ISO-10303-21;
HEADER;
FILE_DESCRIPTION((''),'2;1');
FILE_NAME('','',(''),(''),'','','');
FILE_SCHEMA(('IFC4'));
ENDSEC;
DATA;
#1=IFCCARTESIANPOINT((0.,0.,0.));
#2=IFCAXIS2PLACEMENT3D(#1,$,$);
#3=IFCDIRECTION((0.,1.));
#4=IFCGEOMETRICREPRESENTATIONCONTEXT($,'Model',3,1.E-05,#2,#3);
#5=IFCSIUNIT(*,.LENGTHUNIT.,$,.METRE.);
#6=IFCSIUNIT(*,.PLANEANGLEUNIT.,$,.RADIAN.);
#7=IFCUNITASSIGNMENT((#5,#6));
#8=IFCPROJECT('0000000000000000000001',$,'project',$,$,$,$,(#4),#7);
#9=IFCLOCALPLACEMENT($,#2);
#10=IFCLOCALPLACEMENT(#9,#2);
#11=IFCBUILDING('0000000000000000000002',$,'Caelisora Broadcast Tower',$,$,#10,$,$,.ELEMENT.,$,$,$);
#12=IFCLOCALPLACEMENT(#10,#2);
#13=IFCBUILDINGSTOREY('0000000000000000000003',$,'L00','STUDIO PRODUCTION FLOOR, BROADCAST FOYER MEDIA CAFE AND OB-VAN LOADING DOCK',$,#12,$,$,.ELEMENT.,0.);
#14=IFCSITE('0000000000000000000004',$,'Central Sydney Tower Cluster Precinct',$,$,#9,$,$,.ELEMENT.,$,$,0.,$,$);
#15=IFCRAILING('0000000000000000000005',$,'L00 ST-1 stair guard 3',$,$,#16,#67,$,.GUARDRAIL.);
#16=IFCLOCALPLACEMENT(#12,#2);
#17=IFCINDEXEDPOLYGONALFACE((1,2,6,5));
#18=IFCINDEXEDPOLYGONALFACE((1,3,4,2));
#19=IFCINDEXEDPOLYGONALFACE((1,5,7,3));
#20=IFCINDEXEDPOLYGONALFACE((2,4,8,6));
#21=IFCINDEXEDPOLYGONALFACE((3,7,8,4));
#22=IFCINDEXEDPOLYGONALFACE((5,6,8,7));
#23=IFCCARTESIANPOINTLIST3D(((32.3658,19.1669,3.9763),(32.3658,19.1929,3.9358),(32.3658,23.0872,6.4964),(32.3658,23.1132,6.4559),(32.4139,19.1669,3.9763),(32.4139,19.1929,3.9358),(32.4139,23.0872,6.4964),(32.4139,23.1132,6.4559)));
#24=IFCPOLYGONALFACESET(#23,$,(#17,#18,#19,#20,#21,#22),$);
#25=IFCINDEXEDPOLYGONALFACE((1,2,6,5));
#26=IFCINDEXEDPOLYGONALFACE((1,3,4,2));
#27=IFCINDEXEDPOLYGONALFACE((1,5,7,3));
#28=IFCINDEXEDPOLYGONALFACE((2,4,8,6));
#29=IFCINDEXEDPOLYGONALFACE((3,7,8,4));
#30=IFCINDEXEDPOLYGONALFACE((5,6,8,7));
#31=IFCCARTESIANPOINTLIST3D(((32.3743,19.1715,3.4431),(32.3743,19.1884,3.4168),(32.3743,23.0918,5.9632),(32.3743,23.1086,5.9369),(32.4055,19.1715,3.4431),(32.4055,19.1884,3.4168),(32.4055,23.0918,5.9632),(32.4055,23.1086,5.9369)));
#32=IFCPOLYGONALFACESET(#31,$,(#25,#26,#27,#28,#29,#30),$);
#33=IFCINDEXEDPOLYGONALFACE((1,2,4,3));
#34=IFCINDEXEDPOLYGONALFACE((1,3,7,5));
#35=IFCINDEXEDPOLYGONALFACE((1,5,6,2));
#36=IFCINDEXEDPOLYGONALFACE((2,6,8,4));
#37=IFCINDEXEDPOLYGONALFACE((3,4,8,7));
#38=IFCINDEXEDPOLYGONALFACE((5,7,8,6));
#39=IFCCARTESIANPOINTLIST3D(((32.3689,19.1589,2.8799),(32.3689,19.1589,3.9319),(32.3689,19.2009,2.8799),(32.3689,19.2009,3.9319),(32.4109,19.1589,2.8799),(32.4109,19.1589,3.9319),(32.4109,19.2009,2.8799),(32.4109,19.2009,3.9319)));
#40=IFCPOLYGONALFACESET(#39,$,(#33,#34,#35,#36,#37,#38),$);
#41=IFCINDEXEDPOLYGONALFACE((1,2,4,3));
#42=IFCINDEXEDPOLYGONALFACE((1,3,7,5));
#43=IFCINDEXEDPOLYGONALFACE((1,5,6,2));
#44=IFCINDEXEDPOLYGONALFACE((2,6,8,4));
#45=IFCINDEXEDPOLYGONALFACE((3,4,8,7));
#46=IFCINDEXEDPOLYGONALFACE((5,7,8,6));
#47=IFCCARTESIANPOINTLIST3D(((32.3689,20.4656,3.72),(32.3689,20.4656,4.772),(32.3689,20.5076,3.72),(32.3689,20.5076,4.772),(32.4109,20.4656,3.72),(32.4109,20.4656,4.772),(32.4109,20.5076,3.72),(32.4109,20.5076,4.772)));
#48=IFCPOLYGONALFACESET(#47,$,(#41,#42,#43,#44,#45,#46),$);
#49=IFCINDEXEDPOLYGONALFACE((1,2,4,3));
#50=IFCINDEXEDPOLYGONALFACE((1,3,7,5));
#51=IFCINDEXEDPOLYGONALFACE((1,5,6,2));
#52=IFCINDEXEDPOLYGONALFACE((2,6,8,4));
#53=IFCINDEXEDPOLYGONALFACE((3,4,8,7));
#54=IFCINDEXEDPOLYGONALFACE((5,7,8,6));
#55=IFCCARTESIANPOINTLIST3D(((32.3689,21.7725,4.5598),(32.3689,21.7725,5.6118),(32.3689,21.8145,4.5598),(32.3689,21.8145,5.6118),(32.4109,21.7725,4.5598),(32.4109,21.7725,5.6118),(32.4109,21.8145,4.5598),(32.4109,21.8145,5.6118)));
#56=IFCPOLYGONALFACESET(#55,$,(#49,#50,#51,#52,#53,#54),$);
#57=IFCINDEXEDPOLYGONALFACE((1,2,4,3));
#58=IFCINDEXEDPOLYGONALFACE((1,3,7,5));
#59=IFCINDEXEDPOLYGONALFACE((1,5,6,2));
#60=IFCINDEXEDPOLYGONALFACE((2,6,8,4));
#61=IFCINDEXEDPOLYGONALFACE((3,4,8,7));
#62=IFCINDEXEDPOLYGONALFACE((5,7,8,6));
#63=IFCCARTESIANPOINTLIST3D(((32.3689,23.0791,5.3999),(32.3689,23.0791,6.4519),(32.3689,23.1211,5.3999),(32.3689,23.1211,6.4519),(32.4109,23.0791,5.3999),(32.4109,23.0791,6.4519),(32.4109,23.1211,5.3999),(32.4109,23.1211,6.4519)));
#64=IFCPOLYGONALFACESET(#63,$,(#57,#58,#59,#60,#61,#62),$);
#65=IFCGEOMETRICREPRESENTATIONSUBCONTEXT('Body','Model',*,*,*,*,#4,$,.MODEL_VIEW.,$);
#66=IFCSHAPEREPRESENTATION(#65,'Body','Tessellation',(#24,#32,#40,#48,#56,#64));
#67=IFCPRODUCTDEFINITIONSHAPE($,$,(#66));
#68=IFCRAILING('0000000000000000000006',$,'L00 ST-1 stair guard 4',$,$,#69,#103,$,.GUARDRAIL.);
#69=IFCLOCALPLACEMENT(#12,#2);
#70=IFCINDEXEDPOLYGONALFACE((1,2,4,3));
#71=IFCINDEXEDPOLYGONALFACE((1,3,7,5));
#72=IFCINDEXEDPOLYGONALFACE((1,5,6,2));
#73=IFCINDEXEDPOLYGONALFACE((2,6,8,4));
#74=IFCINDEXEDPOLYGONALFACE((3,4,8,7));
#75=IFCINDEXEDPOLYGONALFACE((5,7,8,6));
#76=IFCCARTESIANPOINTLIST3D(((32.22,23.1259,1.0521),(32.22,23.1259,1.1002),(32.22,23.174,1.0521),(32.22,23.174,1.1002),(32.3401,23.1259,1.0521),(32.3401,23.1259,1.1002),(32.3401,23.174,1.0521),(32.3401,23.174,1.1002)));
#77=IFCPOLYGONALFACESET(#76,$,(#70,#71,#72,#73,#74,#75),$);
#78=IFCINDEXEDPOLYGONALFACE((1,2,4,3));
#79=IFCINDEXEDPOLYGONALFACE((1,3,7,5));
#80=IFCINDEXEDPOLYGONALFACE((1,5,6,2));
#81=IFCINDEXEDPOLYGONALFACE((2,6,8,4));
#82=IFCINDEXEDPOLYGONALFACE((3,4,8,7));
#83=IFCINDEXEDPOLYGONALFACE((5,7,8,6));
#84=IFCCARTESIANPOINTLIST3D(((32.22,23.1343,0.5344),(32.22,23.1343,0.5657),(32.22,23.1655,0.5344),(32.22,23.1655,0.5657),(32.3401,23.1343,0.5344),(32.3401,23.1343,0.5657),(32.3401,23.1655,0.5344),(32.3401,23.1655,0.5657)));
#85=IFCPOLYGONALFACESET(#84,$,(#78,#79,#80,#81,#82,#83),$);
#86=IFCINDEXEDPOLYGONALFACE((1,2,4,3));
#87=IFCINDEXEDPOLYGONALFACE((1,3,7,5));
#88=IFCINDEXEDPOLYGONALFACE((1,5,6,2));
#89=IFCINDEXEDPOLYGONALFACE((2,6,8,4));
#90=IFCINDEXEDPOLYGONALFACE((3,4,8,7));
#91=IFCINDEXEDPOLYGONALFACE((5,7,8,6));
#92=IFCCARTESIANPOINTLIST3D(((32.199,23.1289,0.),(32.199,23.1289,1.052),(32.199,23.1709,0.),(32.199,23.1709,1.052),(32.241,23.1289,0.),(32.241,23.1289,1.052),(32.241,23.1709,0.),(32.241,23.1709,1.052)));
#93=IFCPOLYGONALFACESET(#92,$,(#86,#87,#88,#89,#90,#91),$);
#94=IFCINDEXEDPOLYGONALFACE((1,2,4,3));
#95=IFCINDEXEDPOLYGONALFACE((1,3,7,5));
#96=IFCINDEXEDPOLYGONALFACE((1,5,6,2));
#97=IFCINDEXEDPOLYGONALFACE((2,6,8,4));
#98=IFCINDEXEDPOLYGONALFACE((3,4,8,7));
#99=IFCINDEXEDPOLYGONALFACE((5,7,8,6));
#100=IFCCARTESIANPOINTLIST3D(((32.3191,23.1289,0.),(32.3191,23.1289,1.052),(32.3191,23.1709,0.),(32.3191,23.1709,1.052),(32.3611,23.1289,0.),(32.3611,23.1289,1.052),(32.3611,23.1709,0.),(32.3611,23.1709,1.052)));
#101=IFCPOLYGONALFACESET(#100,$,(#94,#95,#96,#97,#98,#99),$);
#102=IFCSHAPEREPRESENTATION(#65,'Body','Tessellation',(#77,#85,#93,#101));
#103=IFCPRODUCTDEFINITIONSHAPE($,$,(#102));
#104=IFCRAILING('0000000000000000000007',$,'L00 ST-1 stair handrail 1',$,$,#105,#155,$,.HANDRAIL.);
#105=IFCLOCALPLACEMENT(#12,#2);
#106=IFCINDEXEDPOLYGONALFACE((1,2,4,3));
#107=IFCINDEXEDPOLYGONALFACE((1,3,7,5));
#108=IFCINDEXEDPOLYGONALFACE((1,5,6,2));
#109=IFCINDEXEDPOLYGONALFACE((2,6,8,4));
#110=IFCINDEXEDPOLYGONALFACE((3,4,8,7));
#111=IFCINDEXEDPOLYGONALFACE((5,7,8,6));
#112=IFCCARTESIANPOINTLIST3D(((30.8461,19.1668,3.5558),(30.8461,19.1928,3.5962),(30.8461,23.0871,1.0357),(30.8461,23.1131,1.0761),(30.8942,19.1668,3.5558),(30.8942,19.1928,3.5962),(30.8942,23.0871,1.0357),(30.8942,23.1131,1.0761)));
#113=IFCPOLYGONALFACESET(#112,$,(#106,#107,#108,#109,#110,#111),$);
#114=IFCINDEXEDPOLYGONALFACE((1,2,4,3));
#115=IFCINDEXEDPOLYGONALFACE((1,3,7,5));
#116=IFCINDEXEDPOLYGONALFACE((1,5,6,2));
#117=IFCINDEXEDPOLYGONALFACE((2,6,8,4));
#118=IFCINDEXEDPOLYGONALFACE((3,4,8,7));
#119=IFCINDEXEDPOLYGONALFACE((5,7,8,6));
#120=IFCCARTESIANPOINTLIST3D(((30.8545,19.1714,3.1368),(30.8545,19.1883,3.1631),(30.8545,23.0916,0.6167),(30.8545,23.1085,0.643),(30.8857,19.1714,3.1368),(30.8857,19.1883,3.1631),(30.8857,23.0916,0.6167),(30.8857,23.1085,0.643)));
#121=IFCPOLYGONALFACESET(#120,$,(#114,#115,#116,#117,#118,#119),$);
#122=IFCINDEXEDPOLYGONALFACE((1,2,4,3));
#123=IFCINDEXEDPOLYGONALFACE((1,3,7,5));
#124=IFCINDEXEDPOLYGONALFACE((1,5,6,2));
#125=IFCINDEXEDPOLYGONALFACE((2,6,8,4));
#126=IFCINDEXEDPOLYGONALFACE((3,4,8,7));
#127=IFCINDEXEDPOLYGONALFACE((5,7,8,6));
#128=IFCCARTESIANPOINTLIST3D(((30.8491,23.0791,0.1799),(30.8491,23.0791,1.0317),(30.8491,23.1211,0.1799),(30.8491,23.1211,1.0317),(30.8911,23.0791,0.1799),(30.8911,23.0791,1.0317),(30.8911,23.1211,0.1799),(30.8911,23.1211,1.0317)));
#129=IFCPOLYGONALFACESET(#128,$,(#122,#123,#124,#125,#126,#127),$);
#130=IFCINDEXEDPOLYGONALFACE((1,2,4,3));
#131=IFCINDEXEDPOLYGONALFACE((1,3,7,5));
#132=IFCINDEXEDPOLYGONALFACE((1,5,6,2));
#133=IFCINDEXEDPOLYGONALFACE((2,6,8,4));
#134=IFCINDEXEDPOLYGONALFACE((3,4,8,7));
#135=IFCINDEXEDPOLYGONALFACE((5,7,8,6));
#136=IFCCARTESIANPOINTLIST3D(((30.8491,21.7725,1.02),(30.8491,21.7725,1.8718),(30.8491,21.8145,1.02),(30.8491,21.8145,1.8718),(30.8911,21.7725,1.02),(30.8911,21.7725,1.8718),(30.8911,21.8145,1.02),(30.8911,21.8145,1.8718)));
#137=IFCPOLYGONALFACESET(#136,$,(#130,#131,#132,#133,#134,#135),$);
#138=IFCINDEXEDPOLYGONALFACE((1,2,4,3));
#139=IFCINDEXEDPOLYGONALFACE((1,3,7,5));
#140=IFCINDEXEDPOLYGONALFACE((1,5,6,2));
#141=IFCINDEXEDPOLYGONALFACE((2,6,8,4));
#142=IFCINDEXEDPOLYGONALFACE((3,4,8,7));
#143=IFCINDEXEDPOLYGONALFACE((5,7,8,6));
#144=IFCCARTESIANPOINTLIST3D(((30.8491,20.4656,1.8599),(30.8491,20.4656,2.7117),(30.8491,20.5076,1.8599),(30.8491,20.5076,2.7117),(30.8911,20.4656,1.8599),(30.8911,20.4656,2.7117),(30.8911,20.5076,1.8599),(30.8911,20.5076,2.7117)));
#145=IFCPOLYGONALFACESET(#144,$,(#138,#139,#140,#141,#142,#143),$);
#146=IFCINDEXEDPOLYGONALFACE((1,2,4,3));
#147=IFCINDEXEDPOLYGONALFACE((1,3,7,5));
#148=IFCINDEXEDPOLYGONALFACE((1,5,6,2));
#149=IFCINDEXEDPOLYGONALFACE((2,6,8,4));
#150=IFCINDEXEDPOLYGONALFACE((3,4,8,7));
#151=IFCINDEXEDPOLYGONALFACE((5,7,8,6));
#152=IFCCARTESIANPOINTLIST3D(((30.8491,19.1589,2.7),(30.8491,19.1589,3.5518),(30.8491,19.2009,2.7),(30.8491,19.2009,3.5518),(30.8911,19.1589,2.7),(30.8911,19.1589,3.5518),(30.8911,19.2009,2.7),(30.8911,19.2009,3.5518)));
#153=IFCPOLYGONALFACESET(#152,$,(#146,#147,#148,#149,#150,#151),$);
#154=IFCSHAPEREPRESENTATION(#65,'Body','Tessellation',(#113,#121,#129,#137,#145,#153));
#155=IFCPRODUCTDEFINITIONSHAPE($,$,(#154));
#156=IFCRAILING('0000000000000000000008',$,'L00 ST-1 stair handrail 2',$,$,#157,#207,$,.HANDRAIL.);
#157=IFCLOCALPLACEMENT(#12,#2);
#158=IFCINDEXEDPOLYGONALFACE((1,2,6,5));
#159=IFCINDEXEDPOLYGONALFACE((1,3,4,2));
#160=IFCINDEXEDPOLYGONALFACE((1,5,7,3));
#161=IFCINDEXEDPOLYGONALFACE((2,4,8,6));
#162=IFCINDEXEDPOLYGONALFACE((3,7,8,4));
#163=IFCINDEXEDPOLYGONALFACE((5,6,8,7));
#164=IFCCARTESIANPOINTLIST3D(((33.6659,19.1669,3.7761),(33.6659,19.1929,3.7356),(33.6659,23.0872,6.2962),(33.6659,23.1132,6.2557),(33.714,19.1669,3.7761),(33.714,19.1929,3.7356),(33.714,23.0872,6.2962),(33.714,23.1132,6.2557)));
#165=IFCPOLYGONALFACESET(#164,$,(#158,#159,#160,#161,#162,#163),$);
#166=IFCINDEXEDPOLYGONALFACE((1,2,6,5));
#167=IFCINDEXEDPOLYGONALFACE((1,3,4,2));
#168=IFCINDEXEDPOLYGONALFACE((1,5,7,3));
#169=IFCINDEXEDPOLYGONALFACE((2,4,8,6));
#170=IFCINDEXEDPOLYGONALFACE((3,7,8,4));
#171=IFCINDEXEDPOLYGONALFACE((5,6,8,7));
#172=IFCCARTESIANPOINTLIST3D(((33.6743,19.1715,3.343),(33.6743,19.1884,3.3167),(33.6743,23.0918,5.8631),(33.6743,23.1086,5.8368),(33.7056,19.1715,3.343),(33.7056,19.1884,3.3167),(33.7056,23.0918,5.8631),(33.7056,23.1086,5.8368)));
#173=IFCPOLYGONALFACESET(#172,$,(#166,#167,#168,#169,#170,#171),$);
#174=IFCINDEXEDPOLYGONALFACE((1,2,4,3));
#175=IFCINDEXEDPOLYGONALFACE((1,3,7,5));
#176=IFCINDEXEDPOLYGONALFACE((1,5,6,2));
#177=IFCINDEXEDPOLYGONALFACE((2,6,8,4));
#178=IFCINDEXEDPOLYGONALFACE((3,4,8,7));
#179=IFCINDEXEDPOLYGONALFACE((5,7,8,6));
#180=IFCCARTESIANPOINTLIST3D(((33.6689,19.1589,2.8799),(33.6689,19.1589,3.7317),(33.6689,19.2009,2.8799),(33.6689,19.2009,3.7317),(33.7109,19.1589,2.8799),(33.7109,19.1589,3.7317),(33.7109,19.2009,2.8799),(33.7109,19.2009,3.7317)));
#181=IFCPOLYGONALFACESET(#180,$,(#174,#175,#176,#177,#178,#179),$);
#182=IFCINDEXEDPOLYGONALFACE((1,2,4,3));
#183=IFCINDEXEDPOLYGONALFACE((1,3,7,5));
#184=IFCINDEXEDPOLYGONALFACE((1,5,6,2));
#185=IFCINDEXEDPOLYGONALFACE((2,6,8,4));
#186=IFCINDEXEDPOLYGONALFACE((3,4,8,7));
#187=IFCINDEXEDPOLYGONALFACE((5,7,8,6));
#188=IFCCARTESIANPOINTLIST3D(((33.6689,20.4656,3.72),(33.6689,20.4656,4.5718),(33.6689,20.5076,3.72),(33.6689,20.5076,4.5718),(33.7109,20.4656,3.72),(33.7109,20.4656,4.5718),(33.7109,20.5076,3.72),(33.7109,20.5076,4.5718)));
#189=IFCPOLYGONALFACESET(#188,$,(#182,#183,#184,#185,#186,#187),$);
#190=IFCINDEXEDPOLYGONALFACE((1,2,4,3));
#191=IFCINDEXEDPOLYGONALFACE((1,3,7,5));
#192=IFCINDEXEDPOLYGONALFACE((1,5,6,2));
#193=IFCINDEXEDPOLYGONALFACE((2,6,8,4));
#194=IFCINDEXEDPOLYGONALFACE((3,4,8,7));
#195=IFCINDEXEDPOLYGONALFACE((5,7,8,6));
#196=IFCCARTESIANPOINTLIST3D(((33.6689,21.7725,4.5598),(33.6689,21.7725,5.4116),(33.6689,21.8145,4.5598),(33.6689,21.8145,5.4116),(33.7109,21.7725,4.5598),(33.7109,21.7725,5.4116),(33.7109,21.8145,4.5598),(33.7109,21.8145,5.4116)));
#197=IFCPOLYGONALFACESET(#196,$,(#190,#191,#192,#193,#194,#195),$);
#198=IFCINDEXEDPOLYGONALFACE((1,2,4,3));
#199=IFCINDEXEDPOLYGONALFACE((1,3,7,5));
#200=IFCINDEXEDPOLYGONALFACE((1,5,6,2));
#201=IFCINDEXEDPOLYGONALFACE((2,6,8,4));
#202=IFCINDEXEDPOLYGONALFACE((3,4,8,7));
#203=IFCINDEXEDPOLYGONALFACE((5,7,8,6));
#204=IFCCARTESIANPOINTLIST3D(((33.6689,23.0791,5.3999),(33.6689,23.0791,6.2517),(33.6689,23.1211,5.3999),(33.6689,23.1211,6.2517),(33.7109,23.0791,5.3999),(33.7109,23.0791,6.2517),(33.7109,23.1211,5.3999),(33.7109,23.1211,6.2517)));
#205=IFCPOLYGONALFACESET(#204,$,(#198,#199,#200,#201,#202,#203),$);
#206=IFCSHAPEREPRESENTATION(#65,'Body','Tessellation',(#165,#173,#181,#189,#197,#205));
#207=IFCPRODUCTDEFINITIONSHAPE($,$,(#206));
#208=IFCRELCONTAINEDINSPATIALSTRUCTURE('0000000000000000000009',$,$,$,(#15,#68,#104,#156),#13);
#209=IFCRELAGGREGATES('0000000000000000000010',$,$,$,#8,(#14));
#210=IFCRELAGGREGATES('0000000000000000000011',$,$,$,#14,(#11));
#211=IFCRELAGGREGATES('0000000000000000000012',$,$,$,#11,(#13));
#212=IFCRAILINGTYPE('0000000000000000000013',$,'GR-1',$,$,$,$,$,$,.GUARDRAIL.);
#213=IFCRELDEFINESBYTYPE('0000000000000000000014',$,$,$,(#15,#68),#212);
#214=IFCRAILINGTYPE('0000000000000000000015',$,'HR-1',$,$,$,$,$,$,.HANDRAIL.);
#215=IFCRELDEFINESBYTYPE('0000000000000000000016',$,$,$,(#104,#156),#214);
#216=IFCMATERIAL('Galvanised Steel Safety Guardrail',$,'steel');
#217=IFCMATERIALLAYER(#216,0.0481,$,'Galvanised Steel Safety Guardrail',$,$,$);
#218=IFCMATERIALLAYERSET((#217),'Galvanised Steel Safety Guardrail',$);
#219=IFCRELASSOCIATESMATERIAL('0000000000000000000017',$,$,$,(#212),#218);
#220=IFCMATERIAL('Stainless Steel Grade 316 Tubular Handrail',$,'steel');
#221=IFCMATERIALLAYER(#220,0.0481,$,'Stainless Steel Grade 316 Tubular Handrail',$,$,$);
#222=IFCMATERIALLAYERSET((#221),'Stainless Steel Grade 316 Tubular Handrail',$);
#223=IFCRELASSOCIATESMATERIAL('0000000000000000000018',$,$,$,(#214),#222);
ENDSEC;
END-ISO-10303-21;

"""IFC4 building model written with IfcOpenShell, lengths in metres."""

from ifc_helpers import new_model, si_unit, direction, frame, origin, origin_2d, place, context, subcontext, project, spatial, rectangle, extrude, material, layer, layer_set, type_object, element, save


model = new_model("IFC4")

# Units and contexts
model_context = context("Model", 3, precision=1e-05, world=origin(), true_north=direction((0.0, 1.0)))
body_context = subcontext(model_context, "Body", "Model", "MODEL_VIEW")
ifc_project = project(units=[si_unit("LENGTHUNIT", "METRE"), si_unit("PLANEANGLEUNIT", "RADIAN")], contexts=[model_context])

# Site, building, storey
site_placement = place(None, origin())
site = spatial("IfcSite", under=ifc_project, at=site_placement, Name="Central Sydney Tower Cluster Precinct", CompositionType="ELEMENT", RefElevation=0.0)
building_placement = place(site_placement, origin())
building = spatial("IfcBuilding", under=site, at=building_placement, Name="Caelisora Broadcast Tower", CompositionType="ELEMENT")
storey_placement = place(building_placement, origin())
storey = spatial("IfcBuildingStorey", under=building, at=storey_placement, Name="L00", Description="STUDIO PRODUCTION FLOOR, BROADCAST FOYER MEDIA CAFE AND OB-VAN LOADING DOCK", CompositionType="ELEMENT", Elevation=0.0)

# Railings
ifc_material_1 = material(Name="Galvanised Steel Safety Guardrail", Category="steel")
ifc_layer_1 = layer(ifc_material_1, 0.0481, Name="Galvanised Steel Safety Guardrail")
ifc_layer_set_1 = layer_set([ifc_layer_1], Name="Galvanised Steel Safety Guardrail")
railing_type_1 = type_object("IfcRailingType", Name="GR-1", PredefinedType="GUARDRAIL", material=ifc_layer_set_1)
railing_1_placement = place(storey_placement, frame((32.3899, 19.1799, 2.8799)))
element("IfcRailing", 1, at=railing_1_placement, inside=storey, type_object=railing_type_1, Name="L00 ST-1 stair guard 3", PredefinedType="GUARDRAIL", context=body_context, shape_type="SweptSolid", body=[
    extrude(rectangle(XDim=0.0481, YDim=0.0481, at=origin_2d()), frame((0.0, 0.0, 1.0762), z_axis=(0.0, 0.841187, 0.540744), x_axis=(-1.0, 0.0, 0.0)), (0.0, 0.0, 1.0), 4.6604),
    extrude(rectangle(XDim=0.0312, YDim=0.0312, at=origin_2d()), frame((0.0, 0.0, 0.55), z_axis=(0.0, 0.841187, 0.540744), x_axis=(-1.0, 0.0, 0.0)), (0.0, 0.0, 1.0), 4.6604),
    extrude(rectangle(XDim=0.042, YDim=0.042, at=origin_2d()), origin(), (0.0, 0.0, 1.0), 1.052),
    extrude(rectangle(XDim=0.042, YDim=0.042, at=origin_2d()), frame((0.0, 1.3066, 0.8401)), (0.0, 0.0, 1.0), 1.052),
    extrude(rectangle(XDim=0.042, YDim=0.042, at=origin_2d()), frame((0.0, 2.6135, 1.6799)), (0.0, 0.0, 1.0), 1.052),
    extrude(rectangle(XDim=0.042, YDim=0.042, at=origin_2d()), frame((0.0, 3.9202, 2.52)), (0.0, 0.0, 1.0), 1.052),
])
railing_2_placement = place(storey_placement, frame((32.22, 23.1499, 0.0)))
element("IfcRailing", 2, at=railing_2_placement, inside=storey, type_object=railing_type_1, Name="L00 ST-1 stair guard 4", PredefinedType="GUARDRAIL", context=body_context, shape_type="SweptSolid", body=[
    extrude(rectangle(XDim=0.0481, YDim=0.0481, at=origin_2d()), frame((0.0, 0.0, 1.0762), z_axis=(1.0, 0.0, 0.0), x_axis=(0.0, 1.0, 0.0)), (0.0, 0.0, 1.0), 0.1201),
    extrude(rectangle(XDim=0.0312, YDim=0.0312, at=origin_2d()), frame((0.0, 0.0, 0.55), z_axis=(1.0, 0.0, 0.0), x_axis=(0.0, 1.0, 0.0)), (0.0, 0.0, 1.0), 0.1201),
    extrude(rectangle(XDim=0.042, YDim=0.042, at=origin_2d()), origin(), (0.0, 0.0, 1.0), 1.052),
    extrude(rectangle(XDim=0.042, YDim=0.042, at=origin_2d()), frame((0.1201, 0.0, 0.0)), (0.0, 0.0, 1.0), 1.052),
])
ifc_material_2 = material(Name="Stainless Steel Grade 316 Tubular Handrail", Category="steel")
ifc_layer_2 = layer(ifc_material_2, 0.0481, Name="Stainless Steel Grade 316 Tubular Handrail")
ifc_layer_set_2 = layer_set([ifc_layer_2], Name="Stainless Steel Grade 316 Tubular Handrail")
railing_type_2 = type_object("IfcRailingType", Name="HR-1", PredefinedType="HANDRAIL", material=ifc_layer_set_2)
railing_3_placement = place(storey_placement, frame((30.8701, 23.1001, 0.1799)))
element("IfcRailing", 3, at=railing_3_placement, inside=storey, type_object=railing_type_2, Name="L00 ST-1 stair handrail 1", PredefinedType="HANDRAIL", context=body_context, shape_type="SweptSolid", body=[
    extrude(rectangle(XDim=0.0481, YDim=0.0481, at=origin_2d()), frame((0.0, 0.0, 0.876), z_axis=(0.0, -0.841187, 0.540744), x_axis=(1.0, 0.0, 0.0)), (0.0, 0.0, 1.0), 4.6604),
    extrude(rectangle(XDim=0.0312, YDim=0.0312, at=origin_2d()), frame((0.0, 0.0, 0.45), z_axis=(0.0, -0.841187, 0.540744), x_axis=(1.0, 0.0, 0.0)), (0.0, 0.0, 1.0), 4.6604),
    extrude(rectangle(XDim=0.042, YDim=0.042, at=origin_2d()), origin(), (0.0, 0.0, 1.0), 0.8518),
    extrude(rectangle(XDim=0.042, YDim=0.042, at=origin_2d()), frame((0.0, -1.3066, 0.8401)), (0.0, 0.0, 1.0), 0.8518),
    extrude(rectangle(XDim=0.042, YDim=0.042, at=origin_2d()), frame((0.0, -2.6135, 1.6799)), (0.0, 0.0, 1.0), 0.8518),
    extrude(rectangle(XDim=0.042, YDim=0.042, at=origin_2d()), frame((0.0, -3.9202, 2.52)), (0.0, 0.0, 1.0), 0.8518),
])
railing_4_placement = place(storey_placement, frame((33.6899, 19.1799, 2.8799)))
element("IfcRailing", 4, at=railing_4_placement, inside=storey, type_object=railing_type_2, Name="L00 ST-1 stair handrail 2", PredefinedType="HANDRAIL", context=body_context, shape_type="SweptSolid", body=[
    extrude(rectangle(XDim=0.0481, YDim=0.0481, at=origin_2d()), frame((0.0, 0.0, 0.876), z_axis=(0.0, 0.841187, 0.540744), x_axis=(-1.0, 0.0, 0.0)), (0.0, 0.0, 1.0), 4.6604),
    extrude(rectangle(XDim=0.0312, YDim=0.0312, at=origin_2d()), frame((0.0, 0.0, 0.45), z_axis=(0.0, 0.841187, 0.540744), x_axis=(-1.0, 0.0, 0.0)), (0.0, 0.0, 1.0), 4.6604),
    extrude(rectangle(XDim=0.042, YDim=0.042, at=origin_2d()), origin(), (0.0, 0.0, 1.0), 0.8518),
    extrude(rectangle(XDim=0.042, YDim=0.042, at=origin_2d()), frame((0.0, 1.3066, 0.8401)), (0.0, 0.0, 1.0), 0.8518),
    extrude(rectangle(XDim=0.042, YDim=0.042, at=origin_2d()), frame((0.0, 2.6135, 1.6799)), (0.0, 0.0, 1.0), 0.8518),
    extrude(rectangle(XDim=0.042, YDim=0.042, at=origin_2d()), frame((0.0, 3.9202, 2.52)), (0.0, 0.0, 1.0), 0.8518),
])

save(model, "model.ifc")
